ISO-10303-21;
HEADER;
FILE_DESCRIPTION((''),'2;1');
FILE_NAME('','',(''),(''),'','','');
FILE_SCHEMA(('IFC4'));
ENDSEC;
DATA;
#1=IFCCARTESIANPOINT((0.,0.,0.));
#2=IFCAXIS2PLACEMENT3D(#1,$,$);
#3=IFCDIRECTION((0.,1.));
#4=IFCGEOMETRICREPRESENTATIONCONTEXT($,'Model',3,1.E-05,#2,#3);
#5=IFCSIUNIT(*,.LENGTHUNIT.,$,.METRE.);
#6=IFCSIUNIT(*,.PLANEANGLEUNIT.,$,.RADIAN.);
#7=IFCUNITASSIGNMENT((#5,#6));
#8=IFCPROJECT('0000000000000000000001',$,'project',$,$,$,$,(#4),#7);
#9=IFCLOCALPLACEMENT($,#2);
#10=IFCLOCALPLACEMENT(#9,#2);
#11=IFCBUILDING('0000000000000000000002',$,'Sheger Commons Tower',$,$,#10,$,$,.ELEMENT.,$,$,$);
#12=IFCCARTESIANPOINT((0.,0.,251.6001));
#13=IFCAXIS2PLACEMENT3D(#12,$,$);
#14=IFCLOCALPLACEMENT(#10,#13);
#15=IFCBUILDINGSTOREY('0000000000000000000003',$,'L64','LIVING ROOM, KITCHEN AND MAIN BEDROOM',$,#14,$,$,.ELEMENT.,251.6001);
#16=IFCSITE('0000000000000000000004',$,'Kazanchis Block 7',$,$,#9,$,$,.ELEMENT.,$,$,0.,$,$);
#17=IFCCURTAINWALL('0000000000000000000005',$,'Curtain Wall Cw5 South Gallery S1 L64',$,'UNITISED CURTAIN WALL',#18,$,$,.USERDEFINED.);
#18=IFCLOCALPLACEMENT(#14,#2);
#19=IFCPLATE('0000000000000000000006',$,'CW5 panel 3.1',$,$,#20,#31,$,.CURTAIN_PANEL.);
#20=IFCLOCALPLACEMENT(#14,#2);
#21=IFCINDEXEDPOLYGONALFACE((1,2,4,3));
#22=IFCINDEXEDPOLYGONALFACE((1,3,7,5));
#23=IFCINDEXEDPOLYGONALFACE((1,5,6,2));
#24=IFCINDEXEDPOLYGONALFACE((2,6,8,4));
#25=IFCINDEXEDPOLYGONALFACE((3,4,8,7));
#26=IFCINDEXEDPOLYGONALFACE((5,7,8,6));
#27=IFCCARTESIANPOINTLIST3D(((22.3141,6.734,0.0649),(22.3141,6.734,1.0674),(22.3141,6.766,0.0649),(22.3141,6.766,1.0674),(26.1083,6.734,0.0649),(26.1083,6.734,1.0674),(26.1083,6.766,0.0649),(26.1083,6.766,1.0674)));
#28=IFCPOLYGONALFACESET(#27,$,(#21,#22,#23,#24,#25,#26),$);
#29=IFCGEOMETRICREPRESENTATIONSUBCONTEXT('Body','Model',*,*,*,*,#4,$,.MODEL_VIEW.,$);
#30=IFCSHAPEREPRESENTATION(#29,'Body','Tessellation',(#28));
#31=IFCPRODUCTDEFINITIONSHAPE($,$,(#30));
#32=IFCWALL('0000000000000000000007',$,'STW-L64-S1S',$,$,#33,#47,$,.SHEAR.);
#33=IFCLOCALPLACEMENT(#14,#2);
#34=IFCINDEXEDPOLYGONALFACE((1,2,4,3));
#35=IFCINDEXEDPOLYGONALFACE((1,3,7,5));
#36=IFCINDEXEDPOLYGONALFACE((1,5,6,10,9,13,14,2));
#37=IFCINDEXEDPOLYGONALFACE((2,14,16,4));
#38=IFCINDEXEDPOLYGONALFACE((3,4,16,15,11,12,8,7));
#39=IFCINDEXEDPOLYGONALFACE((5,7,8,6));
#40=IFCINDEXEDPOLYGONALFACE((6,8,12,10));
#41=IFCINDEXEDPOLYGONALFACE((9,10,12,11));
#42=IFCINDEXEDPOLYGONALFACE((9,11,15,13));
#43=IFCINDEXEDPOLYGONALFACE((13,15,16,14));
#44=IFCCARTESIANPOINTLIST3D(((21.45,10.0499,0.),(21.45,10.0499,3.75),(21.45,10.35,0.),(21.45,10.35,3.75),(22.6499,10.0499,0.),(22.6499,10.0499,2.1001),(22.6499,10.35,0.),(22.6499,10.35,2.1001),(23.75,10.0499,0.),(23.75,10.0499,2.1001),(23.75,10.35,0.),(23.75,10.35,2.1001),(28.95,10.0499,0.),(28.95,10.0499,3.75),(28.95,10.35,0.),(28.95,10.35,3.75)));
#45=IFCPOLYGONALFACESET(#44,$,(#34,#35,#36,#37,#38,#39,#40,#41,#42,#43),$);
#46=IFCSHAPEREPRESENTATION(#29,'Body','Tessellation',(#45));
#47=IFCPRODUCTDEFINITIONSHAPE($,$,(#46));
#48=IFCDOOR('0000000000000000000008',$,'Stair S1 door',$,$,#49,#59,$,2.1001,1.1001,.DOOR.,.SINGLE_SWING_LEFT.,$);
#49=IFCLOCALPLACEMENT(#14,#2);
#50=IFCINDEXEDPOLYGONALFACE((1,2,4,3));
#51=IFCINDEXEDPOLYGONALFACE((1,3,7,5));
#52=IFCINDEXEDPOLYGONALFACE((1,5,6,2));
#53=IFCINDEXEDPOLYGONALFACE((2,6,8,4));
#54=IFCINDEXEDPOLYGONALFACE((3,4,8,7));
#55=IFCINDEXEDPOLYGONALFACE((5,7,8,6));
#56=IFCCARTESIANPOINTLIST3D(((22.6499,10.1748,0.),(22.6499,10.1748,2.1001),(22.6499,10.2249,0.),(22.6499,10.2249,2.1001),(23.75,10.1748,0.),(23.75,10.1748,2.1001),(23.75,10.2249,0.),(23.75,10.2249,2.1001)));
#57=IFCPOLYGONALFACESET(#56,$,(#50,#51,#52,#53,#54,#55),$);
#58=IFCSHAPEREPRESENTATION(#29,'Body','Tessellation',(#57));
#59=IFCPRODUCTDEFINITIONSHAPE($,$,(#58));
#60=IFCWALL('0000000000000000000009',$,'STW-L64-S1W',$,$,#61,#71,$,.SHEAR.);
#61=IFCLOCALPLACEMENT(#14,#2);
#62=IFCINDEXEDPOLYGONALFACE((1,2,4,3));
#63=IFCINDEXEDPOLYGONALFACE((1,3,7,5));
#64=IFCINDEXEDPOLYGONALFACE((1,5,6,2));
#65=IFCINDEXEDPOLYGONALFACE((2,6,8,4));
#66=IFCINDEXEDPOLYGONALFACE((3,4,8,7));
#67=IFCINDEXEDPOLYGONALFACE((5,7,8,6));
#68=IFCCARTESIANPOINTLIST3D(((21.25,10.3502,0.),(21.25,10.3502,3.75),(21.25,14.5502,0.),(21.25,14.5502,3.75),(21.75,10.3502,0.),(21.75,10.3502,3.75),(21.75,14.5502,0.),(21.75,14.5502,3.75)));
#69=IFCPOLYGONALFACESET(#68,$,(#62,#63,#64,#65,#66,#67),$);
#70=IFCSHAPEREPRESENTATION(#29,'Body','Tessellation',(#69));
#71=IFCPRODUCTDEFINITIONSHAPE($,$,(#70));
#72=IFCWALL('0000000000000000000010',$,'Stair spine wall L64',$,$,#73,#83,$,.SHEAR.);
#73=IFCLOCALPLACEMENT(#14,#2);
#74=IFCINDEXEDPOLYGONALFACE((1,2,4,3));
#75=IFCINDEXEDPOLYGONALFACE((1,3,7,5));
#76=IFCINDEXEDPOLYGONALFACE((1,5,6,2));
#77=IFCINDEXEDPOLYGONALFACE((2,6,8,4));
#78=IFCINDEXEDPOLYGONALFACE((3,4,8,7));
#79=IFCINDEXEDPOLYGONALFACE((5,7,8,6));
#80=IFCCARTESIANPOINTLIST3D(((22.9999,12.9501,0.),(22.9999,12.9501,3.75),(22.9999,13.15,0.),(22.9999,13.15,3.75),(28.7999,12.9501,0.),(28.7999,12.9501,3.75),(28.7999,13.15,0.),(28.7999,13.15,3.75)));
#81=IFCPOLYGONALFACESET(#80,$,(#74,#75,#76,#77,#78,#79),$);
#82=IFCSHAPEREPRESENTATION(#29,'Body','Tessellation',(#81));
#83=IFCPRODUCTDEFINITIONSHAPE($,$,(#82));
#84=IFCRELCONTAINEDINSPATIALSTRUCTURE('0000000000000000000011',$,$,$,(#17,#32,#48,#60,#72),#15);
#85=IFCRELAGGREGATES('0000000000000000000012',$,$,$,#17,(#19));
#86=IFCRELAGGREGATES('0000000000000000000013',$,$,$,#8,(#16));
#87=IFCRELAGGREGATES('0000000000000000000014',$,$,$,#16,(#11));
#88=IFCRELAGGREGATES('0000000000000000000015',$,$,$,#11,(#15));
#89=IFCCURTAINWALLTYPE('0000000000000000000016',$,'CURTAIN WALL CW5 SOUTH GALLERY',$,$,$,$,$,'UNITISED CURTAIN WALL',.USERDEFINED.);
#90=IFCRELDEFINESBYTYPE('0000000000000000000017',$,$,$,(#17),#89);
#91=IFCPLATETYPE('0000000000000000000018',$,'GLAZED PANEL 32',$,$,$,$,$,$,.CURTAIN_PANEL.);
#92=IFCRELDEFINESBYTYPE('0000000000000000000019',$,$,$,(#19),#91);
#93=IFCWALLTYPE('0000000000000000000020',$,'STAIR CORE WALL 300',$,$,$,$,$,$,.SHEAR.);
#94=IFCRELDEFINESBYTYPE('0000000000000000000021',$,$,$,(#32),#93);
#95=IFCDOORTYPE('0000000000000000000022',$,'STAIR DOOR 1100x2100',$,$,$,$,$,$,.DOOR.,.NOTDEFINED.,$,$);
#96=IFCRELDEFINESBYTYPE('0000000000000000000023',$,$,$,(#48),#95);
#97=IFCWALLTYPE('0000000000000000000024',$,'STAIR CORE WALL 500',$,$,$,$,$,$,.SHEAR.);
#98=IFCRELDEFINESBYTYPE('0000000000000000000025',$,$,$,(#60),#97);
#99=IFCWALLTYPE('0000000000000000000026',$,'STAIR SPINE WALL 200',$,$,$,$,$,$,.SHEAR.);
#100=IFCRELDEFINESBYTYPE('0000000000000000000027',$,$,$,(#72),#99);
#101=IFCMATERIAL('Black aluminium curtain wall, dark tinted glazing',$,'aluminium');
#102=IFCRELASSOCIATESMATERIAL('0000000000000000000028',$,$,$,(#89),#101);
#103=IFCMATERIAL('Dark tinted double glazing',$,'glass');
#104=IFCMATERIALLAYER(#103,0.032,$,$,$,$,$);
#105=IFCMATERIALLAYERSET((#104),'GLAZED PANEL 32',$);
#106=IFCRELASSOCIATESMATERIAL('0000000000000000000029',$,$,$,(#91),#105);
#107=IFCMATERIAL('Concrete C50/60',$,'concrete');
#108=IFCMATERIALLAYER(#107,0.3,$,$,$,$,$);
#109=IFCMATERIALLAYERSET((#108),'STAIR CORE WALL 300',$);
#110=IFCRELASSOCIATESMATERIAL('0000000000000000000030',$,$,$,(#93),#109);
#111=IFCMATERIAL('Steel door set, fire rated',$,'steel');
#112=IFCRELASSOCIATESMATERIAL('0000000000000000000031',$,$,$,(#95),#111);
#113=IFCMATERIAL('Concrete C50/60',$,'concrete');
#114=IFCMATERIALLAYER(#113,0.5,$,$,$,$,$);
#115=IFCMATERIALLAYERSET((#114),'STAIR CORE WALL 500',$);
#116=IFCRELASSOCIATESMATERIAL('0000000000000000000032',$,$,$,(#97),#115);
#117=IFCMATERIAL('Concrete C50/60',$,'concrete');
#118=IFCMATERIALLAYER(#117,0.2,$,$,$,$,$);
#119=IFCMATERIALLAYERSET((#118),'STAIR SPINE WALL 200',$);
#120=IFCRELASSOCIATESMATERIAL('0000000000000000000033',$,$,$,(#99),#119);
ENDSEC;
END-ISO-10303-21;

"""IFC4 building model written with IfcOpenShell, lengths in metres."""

from ifc_helpers import new_model, si_unit, direction, frame, frame_2d, origin, origin_2d, place, context, subcontext, project, spatial, rectangle, extrude, material, layer, layer_set, type_object, element, fill, aggregate, save


model = new_model("IFC4")

# Units and contexts
model_context = context("Model", 3, precision=1e-05, world=origin(), true_north=direction((0.0, 1.0)))
body_context = subcontext(model_context, "Body", "Model", "MODEL_VIEW")
ifc_project = project(units=[si_unit("LENGTHUNIT", "METRE"), si_unit("PLANEANGLEUNIT", "RADIAN")], contexts=[model_context])

# Site, building, storey
site_placement = place(None, origin())
site = spatial("IfcSite", under=ifc_project, at=site_placement, Name="Kazanchis Block 7", CompositionType="ELEMENT", RefElevation=0.0)
building_placement = place(site_placement, origin())
building = spatial("IfcBuilding", under=site, at=building_placement, Name="Sheger Commons Tower", CompositionType="ELEMENT")
storey_placement = place(building_placement, frame((0.0, 0.0, 251.6001)))
storey = spatial("IfcBuildingStorey", under=building, at=storey_placement, Name="L64", Description="LIVING ROOM, KITCHEN AND MAIN BEDROOM", CompositionType="ELEMENT", Elevation=251.6001)

# Curtain wall
ifc_material_1 = material(Name="Black aluminium curtain wall, dark tinted glazing", Category="aluminium")
curtain_wall_type = type_object("IfcCurtainWallType", Name="CURTAIN WALL CW5 SOUTH GALLERY", ElementType="UNITISED CURTAIN WALL", PredefinedType="USERDEFINED", material=ifc_material_1)
curtain_wall_placement = place(storey_placement, origin())
curtain_wall = element("IfcCurtainWall", 1, at=curtain_wall_placement, inside=storey, type_object=curtain_wall_type, Name="Curtain Wall Cw5 South Gallery S1 L64", ObjectType="UNITISED CURTAIN WALL", PredefinedType="USERDEFINED")

# Plate
ifc_material_2 = material(Name="Dark tinted double glazing", Category="glass")
ifc_layer_1 = layer(ifc_material_2, 0.032)
ifc_layer_set_1 = layer_set([ifc_layer_1], Name="GLAZED PANEL 32")
plate_type = type_object("IfcPlateType", Name="GLAZED PANEL 32", PredefinedType="CURTAIN_PANEL", material=ifc_layer_set_1)
plate_1_placement = place(storey_placement, frame((24.2112, 6.75, 0.0649), z_axis=(0.0, 0.0, 1.0), x_axis=(1.0, 0.0, 0.0)))
plate_1 = element("IfcPlate", 2, at=plate_1_placement, type_object=plate_type, Name="CW5 panel 3.1", PredefinedType="CURTAIN_PANEL", context=body_context, shape_type="SweptSolid", body=[
    extrude(rectangle(XDim=3.7942, YDim=0.032, at=origin_2d()), origin(), (0.0, 0.0, 1.0), 1.0024),
])
aggregate(curtain_wall, [plate_1])

# Wall, opening, door
ifc_material_3 = material(Name="Concrete C50/60", Category="concrete")
ifc_layer_2 = layer(ifc_material_3, 0.3)
ifc_layer_set_2 = layer_set([ifc_layer_2], Name="STAIR CORE WALL 300")
wall_type_1 = type_object("IfcWallType", Name="STAIR CORE WALL 300", PredefinedType="SHEAR", material=ifc_layer_set_2)
wall_1_placement = place(storey_placement, frame((21.45, 10.2, 0.0), z_axis=(0.0, 0.0, 1.0), x_axis=(1.0, 0.0, 0.0)))
wall_1 = element("IfcWall", 3, at=wall_1_placement, inside=storey, type_object=wall_type_1, Name="STW-L64-S1S", PredefinedType="SHEAR", context=body_context, shape_type="SweptSolid", body=[
    extrude(rectangle(XDim=7.5, YDim=0.3, at=frame_2d((3.75, 0.0))), origin(), (0.0, 0.0, 1.0), 3.75),
])
opening_placement = place(wall_1_placement, frame((1.2, 0.0, 0.0)))
opening = element("IfcOpeningElement", 4, at=opening_placement, cuts=wall_1, PredefinedType="OPENING", context=body_context, shape_type="SweptSolid", body=[
    extrude(rectangle(XDim=1.1001, YDim=2.1001, at=frame_2d((0.55, 1.05))), frame((0.0, 0.1599, 0.0), z_axis=(0.0, -1.0, 0.0), x_axis=(1.0, 0.0, 0.0)), (0.0, 0.0, 1.0), 0.3201),
])
ifc_material_4 = material(Name="Steel door set, fire rated", Category="steel")
door_type = type_object("IfcDoorType", Name="STAIR DOOR 1100x2100", OperationType="NOTDEFINED", PredefinedType="DOOR", material=ifc_material_4)
door_placement = place(opening_placement, origin())
door = element("IfcDoor", 5, at=door_placement, inside=storey, type_object=door_type, Name="Stair S1 door", OperationType="SINGLE_SWING_LEFT", OverallHeight=2.1001, OverallWidth=1.1001, PredefinedType="DOOR", context=body_context, shape_type="SweptSolid", body=[
    extrude(rectangle(XDim=1.1001, YDim=2.1001, at=frame_2d((0.55, 1.05))), frame((0.0, 0.0249, 0.0), z_axis=(0.0, -1.0, 0.0), x_axis=(1.0, 0.0, 0.0)), (0.0, 0.0, 1.0), 0.05),
])
fill(opening, door)

# Walls
ifc_material_5 = material(Name="Concrete C50/60", Category="concrete")
ifc_layer_3 = layer(ifc_material_5, 0.5)
ifc_layer_set_3 = layer_set([ifc_layer_3], Name="STAIR CORE WALL 500")
wall_type_2 = type_object("IfcWallType", Name="STAIR CORE WALL 500", PredefinedType="SHEAR", material=ifc_layer_set_3)
wall_2_placement = place(storey_placement, frame((21.5, 10.3501, 0.0), z_axis=(0.0, 0.0, 1.0), x_axis=(0.0, 1.0, 0.0)))
element("IfcWall", 6, at=wall_2_placement, inside=storey, type_object=wall_type_2, Name="STW-L64-S1W", PredefinedType="SHEAR", context=body_context, shape_type="SweptSolid", body=[
    extrude(rectangle(XDim=4.2, YDim=0.5, at=frame_2d((2.1001, 0.0))), origin(), (0.0, 0.0, 1.0), 3.75),
])
ifc_material_6 = material(Name="Concrete C50/60", Category="concrete")
ifc_layer_4 = layer(ifc_material_6, 0.2)
ifc_layer_set_4 = layer_set([ifc_layer_4], Name="STAIR SPINE WALL 200")
wall_type_3 = type_object("IfcWallType", Name="STAIR SPINE WALL 200", PredefinedType="SHEAR", material=ifc_layer_set_4)
wall_3_placement = place(storey_placement, frame((23.0, 13.05, 0.0), z_axis=(0.0, 0.0, 1.0), x_axis=(1.0, 0.0, 0.0)))
element("IfcWall", 7, at=wall_3_placement, inside=storey, type_object=wall_type_3, Name="Stair spine wall L64", PredefinedType="SHEAR", context=body_context, shape_type="SweptSolid", body=[
    extrude(rectangle(XDim=5.8, YDim=0.2, at=frame_2d((2.8999, 0.0))), origin(), (0.0, 0.0, 1.0), 3.75),
])

save(model, "model.ifc")
